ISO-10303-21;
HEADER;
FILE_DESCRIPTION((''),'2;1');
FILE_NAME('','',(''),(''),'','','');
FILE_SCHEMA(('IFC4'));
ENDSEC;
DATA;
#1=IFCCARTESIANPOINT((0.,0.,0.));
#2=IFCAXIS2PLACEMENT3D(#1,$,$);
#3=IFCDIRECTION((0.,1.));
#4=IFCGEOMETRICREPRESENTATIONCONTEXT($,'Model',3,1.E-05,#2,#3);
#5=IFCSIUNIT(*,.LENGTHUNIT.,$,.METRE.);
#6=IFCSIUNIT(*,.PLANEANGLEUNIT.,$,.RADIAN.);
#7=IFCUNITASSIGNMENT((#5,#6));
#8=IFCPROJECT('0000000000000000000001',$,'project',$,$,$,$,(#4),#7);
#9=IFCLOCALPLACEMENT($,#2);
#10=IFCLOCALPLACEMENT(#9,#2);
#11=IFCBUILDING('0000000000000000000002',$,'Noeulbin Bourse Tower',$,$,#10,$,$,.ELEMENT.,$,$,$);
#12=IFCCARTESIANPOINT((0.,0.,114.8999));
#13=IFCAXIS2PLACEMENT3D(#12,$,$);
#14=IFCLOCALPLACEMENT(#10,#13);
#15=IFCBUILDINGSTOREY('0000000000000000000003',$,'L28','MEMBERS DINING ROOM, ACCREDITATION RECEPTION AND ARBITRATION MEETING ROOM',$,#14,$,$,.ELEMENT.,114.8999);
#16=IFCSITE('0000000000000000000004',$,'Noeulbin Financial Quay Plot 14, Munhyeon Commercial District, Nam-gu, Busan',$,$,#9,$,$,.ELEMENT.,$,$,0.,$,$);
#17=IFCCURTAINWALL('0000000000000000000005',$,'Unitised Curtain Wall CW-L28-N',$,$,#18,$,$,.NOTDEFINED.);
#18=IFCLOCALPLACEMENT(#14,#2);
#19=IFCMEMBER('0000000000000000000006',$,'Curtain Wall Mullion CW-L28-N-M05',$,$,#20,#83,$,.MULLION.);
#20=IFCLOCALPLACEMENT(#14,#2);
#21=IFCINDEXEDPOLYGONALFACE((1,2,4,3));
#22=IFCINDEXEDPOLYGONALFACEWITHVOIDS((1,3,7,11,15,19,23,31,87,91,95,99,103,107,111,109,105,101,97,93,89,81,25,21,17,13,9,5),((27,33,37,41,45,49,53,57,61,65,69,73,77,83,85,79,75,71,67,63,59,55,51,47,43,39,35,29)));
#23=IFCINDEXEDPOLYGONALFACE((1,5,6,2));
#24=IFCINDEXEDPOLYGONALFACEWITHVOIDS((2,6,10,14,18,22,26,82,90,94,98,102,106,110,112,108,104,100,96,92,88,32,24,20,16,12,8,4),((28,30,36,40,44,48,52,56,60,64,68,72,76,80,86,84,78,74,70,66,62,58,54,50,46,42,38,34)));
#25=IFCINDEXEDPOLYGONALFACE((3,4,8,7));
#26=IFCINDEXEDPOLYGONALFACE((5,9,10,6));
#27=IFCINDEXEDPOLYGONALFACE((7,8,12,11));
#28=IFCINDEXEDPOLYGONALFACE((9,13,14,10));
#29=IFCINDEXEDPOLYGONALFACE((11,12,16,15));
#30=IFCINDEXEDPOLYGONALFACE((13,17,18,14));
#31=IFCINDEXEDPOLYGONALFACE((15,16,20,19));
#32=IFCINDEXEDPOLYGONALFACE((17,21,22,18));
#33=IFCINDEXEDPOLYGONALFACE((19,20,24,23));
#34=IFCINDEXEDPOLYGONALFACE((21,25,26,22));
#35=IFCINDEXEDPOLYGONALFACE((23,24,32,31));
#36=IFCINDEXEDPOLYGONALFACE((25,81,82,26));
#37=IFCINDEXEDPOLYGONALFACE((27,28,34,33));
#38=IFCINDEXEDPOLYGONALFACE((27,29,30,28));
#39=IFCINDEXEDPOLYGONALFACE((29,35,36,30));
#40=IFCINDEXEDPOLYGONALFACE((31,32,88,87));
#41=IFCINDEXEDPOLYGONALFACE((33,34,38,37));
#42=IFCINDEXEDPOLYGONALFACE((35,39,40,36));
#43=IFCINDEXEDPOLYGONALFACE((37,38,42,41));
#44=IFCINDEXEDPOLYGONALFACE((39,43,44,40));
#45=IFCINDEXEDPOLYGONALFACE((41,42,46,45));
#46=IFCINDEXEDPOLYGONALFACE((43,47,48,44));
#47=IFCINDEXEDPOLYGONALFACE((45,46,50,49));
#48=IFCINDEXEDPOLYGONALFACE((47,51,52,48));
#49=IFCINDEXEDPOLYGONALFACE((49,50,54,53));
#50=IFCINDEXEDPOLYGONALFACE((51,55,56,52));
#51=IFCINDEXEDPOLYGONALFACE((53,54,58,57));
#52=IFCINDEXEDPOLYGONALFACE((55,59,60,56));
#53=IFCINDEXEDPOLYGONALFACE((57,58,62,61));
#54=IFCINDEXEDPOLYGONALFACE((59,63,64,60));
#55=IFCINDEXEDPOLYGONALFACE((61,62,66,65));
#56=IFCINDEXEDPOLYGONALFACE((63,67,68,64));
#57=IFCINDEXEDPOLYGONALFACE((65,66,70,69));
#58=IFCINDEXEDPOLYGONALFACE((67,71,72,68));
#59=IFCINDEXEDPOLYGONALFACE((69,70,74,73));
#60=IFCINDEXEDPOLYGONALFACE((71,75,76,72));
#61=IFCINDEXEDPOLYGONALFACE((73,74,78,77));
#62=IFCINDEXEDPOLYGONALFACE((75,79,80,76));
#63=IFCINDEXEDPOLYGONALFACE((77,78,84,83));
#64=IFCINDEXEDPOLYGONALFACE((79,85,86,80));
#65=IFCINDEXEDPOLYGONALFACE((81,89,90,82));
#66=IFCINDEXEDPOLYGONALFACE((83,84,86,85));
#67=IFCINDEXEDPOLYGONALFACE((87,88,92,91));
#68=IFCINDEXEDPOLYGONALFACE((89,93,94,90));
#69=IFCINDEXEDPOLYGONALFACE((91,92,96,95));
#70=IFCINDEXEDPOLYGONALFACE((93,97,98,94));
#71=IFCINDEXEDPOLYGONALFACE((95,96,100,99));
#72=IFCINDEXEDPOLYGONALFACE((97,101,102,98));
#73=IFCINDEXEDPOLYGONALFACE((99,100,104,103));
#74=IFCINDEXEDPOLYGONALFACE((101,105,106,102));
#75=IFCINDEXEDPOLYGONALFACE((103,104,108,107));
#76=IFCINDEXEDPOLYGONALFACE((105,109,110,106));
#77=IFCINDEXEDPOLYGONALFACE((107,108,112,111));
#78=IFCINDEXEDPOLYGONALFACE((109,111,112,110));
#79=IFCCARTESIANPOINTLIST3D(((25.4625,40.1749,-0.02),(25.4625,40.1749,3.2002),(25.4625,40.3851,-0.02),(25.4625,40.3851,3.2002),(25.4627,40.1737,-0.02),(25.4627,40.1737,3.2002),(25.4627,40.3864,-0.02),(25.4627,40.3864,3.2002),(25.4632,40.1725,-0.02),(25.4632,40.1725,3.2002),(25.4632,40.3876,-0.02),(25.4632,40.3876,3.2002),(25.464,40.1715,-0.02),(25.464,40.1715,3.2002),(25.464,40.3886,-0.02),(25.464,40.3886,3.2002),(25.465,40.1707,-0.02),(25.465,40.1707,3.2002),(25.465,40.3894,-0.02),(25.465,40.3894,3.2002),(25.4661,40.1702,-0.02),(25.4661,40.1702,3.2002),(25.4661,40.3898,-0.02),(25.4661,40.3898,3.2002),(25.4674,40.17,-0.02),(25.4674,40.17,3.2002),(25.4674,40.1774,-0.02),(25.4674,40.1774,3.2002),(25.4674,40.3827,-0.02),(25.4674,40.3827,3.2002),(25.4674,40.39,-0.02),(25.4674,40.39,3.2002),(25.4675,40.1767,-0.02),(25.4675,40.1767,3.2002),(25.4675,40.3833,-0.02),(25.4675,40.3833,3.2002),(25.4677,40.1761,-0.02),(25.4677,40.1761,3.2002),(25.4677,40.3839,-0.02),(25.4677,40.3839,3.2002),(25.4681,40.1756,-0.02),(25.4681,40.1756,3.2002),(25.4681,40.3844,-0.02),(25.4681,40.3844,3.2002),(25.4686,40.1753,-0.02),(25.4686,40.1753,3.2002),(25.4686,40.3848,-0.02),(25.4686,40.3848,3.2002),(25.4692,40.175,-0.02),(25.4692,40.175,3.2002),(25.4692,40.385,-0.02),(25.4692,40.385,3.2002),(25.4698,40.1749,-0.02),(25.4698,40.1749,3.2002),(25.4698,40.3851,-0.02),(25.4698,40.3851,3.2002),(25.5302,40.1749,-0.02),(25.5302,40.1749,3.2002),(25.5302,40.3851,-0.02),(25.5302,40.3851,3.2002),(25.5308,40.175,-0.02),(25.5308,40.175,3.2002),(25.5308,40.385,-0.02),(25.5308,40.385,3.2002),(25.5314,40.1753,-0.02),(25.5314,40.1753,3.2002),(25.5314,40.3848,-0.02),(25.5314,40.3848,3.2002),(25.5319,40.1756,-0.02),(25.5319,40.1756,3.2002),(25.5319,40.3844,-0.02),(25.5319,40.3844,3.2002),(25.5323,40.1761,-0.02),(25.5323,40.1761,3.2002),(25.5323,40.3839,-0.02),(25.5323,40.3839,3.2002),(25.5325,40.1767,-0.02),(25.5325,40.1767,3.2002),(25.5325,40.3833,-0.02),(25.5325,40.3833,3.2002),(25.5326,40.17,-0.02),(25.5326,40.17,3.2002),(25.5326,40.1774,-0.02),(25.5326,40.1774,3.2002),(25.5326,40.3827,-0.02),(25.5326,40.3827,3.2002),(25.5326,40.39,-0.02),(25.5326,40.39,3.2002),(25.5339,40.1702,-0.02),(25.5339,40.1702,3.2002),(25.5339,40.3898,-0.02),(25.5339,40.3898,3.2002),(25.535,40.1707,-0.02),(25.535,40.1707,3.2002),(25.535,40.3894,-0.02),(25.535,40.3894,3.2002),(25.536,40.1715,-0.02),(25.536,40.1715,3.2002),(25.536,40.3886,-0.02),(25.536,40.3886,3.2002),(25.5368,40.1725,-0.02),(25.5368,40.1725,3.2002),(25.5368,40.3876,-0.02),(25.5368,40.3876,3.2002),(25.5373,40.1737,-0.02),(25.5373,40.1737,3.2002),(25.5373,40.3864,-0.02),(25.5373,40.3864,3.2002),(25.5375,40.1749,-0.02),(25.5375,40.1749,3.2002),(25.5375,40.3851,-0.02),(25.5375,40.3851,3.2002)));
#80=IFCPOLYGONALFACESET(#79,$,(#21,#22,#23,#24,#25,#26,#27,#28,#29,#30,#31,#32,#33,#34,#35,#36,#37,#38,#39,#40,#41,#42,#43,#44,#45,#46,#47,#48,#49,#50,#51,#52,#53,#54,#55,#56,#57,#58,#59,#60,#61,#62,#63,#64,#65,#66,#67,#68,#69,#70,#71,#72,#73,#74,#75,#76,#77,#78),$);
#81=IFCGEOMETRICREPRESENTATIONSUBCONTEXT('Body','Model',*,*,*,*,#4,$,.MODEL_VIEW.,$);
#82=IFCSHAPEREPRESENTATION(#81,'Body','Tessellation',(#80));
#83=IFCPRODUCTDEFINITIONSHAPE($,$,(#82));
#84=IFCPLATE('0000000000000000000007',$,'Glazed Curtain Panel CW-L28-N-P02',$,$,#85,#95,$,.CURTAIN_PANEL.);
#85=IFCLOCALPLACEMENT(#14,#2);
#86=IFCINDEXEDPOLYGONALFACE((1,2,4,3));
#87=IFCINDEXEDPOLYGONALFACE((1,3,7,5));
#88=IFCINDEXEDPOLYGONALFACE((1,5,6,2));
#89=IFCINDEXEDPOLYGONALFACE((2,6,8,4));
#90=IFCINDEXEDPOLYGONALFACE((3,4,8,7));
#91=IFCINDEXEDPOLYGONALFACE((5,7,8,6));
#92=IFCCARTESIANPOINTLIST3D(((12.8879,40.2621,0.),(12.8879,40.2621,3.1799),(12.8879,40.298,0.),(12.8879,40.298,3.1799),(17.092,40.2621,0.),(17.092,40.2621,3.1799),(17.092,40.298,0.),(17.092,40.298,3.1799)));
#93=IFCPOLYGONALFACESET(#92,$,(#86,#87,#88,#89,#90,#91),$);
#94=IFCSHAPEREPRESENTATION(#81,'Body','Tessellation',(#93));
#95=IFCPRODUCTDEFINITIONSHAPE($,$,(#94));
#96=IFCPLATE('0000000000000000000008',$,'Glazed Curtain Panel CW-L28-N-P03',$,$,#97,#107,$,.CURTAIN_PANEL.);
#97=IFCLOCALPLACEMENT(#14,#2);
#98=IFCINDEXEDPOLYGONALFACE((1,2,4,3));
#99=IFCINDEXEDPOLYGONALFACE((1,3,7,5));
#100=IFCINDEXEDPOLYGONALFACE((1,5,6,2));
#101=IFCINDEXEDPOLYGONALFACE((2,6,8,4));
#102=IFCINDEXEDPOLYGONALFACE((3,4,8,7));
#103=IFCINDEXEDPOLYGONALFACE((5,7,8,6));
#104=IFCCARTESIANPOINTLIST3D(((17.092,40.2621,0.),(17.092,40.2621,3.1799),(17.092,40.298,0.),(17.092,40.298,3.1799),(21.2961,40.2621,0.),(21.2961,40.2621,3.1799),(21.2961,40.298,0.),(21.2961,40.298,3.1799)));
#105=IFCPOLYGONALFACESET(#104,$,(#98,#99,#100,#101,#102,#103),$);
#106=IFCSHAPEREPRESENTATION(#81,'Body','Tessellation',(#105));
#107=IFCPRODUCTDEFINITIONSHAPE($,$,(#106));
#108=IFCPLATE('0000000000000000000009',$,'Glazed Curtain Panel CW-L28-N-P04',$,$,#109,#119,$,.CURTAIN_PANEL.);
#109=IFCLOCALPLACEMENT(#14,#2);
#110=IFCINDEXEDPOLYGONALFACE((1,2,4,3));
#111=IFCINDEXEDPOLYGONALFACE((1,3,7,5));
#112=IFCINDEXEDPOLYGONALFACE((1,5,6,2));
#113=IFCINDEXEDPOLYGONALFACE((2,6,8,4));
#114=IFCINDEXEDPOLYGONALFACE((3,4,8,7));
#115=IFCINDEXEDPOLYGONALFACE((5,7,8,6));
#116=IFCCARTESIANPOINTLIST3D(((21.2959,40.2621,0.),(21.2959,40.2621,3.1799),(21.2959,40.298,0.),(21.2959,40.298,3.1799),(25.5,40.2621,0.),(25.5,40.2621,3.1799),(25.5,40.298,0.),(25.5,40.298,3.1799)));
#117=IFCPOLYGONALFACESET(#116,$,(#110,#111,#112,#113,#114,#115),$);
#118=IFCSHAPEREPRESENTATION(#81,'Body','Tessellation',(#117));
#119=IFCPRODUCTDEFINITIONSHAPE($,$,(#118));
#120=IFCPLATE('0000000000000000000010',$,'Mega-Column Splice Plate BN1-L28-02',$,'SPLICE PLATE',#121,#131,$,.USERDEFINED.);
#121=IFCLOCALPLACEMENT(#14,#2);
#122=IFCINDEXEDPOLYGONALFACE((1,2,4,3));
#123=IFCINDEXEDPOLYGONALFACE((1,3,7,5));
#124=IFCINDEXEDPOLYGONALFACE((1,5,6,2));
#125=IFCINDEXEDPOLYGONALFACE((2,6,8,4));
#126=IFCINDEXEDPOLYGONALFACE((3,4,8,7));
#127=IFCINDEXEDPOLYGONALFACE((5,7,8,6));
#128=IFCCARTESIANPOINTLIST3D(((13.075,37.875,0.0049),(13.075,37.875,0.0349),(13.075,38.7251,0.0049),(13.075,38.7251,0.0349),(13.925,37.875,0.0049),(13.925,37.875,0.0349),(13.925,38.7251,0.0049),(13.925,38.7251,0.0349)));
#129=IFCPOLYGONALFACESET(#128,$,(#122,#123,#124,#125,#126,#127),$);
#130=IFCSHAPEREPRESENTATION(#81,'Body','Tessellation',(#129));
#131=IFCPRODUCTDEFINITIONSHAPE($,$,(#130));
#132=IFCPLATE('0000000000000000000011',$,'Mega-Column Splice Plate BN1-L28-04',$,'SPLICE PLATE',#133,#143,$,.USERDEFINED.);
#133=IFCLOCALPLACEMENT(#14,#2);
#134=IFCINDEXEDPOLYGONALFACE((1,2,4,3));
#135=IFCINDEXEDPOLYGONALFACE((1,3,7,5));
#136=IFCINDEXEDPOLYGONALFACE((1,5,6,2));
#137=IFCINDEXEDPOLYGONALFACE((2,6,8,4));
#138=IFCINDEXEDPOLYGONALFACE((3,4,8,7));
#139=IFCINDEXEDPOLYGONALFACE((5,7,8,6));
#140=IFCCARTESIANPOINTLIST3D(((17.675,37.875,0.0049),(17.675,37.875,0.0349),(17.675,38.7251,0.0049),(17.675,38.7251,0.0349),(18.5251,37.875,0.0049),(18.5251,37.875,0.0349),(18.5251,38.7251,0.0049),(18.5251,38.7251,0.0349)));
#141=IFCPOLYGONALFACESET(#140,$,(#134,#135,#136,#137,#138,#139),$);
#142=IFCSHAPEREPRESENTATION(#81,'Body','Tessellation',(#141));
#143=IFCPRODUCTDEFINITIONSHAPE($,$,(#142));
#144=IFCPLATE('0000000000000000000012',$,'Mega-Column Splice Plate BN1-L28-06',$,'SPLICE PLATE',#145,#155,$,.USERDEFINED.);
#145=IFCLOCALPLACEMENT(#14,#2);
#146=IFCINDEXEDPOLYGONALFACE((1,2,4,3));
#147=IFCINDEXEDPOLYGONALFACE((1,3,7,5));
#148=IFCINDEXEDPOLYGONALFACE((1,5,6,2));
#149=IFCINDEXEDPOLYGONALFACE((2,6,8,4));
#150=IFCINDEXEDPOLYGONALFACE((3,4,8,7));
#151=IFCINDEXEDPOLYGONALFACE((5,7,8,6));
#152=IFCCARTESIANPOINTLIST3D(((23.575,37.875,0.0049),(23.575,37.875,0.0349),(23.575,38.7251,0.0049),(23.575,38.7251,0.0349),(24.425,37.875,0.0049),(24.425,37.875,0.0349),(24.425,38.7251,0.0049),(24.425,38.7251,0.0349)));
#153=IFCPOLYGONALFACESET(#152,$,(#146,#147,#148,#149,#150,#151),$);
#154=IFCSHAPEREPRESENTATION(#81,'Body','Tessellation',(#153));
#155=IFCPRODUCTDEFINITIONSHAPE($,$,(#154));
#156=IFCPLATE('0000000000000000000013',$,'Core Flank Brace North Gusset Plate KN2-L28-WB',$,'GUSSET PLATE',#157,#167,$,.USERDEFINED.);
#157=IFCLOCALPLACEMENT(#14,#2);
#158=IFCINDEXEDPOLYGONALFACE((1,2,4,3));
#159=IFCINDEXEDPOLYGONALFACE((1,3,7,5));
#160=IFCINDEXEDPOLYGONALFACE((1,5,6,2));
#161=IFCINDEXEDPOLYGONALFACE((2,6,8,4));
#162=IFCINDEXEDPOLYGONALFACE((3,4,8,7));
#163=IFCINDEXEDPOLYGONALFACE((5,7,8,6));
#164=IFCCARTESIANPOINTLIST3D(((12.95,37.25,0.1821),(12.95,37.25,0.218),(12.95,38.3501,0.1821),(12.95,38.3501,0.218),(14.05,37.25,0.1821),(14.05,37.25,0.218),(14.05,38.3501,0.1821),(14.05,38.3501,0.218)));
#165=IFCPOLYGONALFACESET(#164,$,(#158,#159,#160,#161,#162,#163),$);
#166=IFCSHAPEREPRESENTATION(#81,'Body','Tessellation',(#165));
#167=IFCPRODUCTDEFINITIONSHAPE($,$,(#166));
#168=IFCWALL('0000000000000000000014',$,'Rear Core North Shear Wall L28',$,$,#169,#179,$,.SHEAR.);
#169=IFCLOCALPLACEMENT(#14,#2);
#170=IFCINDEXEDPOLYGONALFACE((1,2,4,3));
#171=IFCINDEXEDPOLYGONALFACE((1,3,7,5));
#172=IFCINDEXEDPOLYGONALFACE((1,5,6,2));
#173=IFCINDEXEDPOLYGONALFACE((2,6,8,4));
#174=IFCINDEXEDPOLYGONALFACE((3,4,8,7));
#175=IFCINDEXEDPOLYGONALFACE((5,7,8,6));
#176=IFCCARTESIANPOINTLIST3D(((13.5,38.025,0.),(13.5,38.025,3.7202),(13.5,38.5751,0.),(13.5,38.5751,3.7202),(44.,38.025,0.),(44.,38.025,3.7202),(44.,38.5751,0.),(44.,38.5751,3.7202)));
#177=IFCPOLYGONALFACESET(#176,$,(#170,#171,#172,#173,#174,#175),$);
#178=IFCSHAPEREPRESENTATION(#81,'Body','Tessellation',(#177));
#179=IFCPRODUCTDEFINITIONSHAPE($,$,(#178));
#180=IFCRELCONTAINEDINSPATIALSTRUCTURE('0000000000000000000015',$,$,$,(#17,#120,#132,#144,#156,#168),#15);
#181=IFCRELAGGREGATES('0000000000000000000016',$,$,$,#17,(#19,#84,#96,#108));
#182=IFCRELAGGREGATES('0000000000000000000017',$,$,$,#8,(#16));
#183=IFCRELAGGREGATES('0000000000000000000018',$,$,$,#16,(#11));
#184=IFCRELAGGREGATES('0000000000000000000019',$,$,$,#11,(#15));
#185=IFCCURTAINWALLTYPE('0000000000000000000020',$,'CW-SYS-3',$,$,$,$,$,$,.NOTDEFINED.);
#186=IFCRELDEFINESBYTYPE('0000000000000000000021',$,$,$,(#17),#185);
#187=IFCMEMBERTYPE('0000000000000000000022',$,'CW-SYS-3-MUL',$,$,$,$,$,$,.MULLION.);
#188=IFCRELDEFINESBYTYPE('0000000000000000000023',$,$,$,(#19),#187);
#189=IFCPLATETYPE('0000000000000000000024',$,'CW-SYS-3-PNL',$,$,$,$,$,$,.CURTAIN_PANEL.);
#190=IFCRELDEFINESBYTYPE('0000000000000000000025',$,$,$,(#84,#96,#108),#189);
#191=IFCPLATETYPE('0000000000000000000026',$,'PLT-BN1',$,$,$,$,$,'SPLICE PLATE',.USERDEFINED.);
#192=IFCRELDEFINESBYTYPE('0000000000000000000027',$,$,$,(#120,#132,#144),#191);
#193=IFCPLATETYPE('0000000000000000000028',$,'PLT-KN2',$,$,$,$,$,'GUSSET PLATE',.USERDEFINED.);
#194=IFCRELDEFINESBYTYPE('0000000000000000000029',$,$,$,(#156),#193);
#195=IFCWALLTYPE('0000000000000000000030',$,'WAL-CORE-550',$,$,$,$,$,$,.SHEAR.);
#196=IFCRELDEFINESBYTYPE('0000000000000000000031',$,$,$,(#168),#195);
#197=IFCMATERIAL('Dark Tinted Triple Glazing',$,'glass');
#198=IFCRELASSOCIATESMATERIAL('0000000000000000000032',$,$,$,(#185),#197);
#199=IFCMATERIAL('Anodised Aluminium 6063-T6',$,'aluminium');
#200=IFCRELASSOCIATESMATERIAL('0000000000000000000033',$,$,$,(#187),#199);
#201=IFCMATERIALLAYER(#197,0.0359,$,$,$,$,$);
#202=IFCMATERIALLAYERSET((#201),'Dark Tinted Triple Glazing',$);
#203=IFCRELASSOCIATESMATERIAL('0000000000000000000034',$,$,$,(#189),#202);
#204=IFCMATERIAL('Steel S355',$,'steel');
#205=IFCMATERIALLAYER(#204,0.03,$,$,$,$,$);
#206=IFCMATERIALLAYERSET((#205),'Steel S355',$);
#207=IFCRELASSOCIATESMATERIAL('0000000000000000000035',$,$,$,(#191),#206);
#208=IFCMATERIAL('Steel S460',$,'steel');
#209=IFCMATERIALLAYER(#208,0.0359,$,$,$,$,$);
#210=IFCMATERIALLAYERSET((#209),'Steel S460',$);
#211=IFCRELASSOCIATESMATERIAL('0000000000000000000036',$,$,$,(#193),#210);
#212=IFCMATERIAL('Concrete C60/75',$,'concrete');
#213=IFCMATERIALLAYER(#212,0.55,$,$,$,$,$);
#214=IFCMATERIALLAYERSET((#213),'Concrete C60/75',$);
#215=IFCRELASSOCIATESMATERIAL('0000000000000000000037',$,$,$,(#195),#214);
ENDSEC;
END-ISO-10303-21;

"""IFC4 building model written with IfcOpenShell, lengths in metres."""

from ifc_helpers import new_model, si_unit, direction, frame, frame_2d, origin, origin_2d, place, context, subcontext, project, spatial, rectangle, hollow_rectangle, extrude, material, layer, layer_set, material_profile, profile_set, type_object, element, aggregate, save


model = new_model("IFC4")

# Units and contexts
model_context = context("Model", 3, precision=1e-05, world=origin(), true_north=direction((0.0, 1.0)))
body_context = subcontext(model_context, "Body", "Model", "MODEL_VIEW")
ifc_project = project(units=[si_unit("LENGTHUNIT", "METRE"), si_unit("PLANEANGLEUNIT", "RADIAN")], contexts=[model_context])

# Site, building, storey
site_placement = place(None, origin())
site = spatial("IfcSite", under=ifc_project, at=site_placement, Name="Noeulbin Financial Quay Plot 14, Munhyeon Commercial District, Nam-gu, Busan", CompositionType="ELEMENT", RefElevation=0.0)
building_placement = place(site_placement, origin())
building = spatial("IfcBuilding", under=site, at=building_placement, Name="Noeulbin Bourse Tower", CompositionType="ELEMENT")
storey_placement = place(building_placement, frame((0.0, 0.0, 114.8999)))
storey = spatial("IfcBuildingStorey", under=building, at=storey_placement, Name="L28", Description="MEMBERS DINING ROOM, ACCREDITATION RECEPTION AND ARBITRATION MEETING ROOM", CompositionType="ELEMENT", Elevation=114.8999)

# Shared definitions
ifc_material_1 = material(Name="Steel S460", Category="steel")

# Curtain wall, member, plates
ifc_material_2 = material(Name="Dark Tinted Triple Glazing", Category="glass")
curtain_wall_type = type_object("IfcCurtainWallType", Name="CW-SYS-3", PredefinedType="NOTDEFINED", material=ifc_material_2)
curtain_wall_placement = place(storey_placement, origin())
curtain_wall = element("IfcCurtainWall", 1, at=curtain_wall_placement, inside=storey, type_object=curtain_wall_type, Name="Unitised Curtain Wall CW-L28-N", PredefinedType="NOTDEFINED")
ifc_material_3 = material(Name="Anodised Aluminium 6063-T6", Category="aluminium")
ifc_material_profile_1 = material_profile(ifc_material_3, hollow_rectangle(XDim=0.075, YDim=0.22, WallThickness=0.0049, InnerFilletRadius=0.0024, OuterFilletRadius=0.0049, at=origin_2d()), Name="ALU-MULL-75x220x5", Category="LoadBearing")
ifc_profile_set_1 = profile_set([ifc_material_profile_1], Name="Anodised Aluminium 6063-T6")
member_type = type_object("IfcMemberType", Name="CW-SYS-3-MUL", PredefinedType="MULLION", material=ifc_profile_set_1)
member_1_placement = place(storey_placement, frame((25.5, 40.28, -0.02), z_axis=(0.0, 0.0, 1.0), x_axis=(1.0, 0.0, 0.0)))
member_1 = element("IfcMember", 2, at=member_1_placement, type_object=member_type, Name="Curtain Wall Mullion CW-L28-N-M05", PredefinedType="MULLION", context=body_context, shape_type="SweptSolid", body=[
    extrude(hollow_rectangle(XDim=0.075, YDim=0.22, WallThickness=0.0049, InnerFilletRadius=0.0024, OuterFilletRadius=0.0049, at=origin_2d()), origin(), (0.0, 0.0, 1.0), 3.2202),
])
ifc_layer_1 = layer(ifc_material_2, 0.0359)
ifc_layer_set_1 = layer_set([ifc_layer_1], Name="Dark Tinted Triple Glazing")
plate_type_1 = type_object("IfcPlateType", Name="CW-SYS-3-PNL", PredefinedType="CURTAIN_PANEL", material=ifc_layer_set_1)
plate_1_placement = place(storey_placement, frame((14.99, 40.28, 0.0), z_axis=(0.0, 0.0, 1.0), x_axis=(1.0, 0.0, 0.0)))
plate_1 = element("IfcPlate", 3, at=plate_1_placement, type_object=plate_type_1, Name="Glazed Curtain Panel CW-L28-N-P02", PredefinedType="CURTAIN_PANEL", context=body_context, shape_type="SweptSolid", body=[
    extrude(rectangle(XDim=4.2041, YDim=0.0359, at=origin_2d()), origin(), (0.0, 0.0, 1.0), 3.1799),
])
plate_2_placement = place(storey_placement, frame((19.1941, 40.28, 0.0), z_axis=(0.0, 0.0, 1.0), x_axis=(1.0, 0.0, 0.0)))
plate_2 = element("IfcPlate", 4, at=plate_2_placement, type_object=plate_type_1, Name="Glazed Curtain Panel CW-L28-N-P03", PredefinedType="CURTAIN_PANEL", context=body_context, shape_type="SweptSolid", body=[
    extrude(rectangle(XDim=4.2041, YDim=0.0359, at=origin_2d()), origin(), (0.0, 0.0, 1.0), 3.1799),
])
plate_3_placement = place(storey_placement, frame((23.3979, 40.28, 0.0), z_axis=(0.0, 0.0, 1.0), x_axis=(1.0, 0.0, 0.0)))
plate_3 = element("IfcPlate", 5, at=plate_3_placement, type_object=plate_type_1, Name="Glazed Curtain Panel CW-L28-N-P04", PredefinedType="CURTAIN_PANEL", context=body_context, shape_type="SweptSolid", body=[
    extrude(rectangle(XDim=4.2041, YDim=0.0359, at=origin_2d()), origin(), (0.0, 0.0, 1.0), 3.1799),
])
aggregate(curtain_wall, [member_1, plate_1, plate_2, plate_3])

# Plates
ifc_material_4 = material(Name="Steel S355", Category="steel")
ifc_layer_2 = layer(ifc_material_4, 0.03)
ifc_layer_set_2 = layer_set([ifc_layer_2], Name="Steel S355")
plate_type_2 = type_object("IfcPlateType", Name="PLT-BN1", ElementType="SPLICE PLATE", PredefinedType="USERDEFINED", material=ifc_layer_set_2)
for number, where, z_axis, x_axis, name in (
    (6, (13.5, 38.3, 0.0049), (0.0, 0.0, 1.0), (1.0, 0.0, 0.0), "Mega-Column Splice Plate BN1-L28-02"),
    (7, (18.1001, 38.3, 0.0049), (0.0, 0.0, 1.0), (1.0, 0.0, 0.0), "Mega-Column Splice Plate BN1-L28-04"),
    (8, (24.0, 38.3, 0.0049), (0.0, 0.0, 1.0), (1.0, 0.0, 0.0), "Mega-Column Splice Plate BN1-L28-06"),
):
    element("IfcPlate", number, at=place(storey_placement, frame(where, z_axis=z_axis, x_axis=x_axis)), inside=storey, type_object=plate_type_2, Name=name, ObjectType="SPLICE PLATE", PredefinedType="USERDEFINED", context=body_context, shape_type="SweptSolid", body=[
        extrude(rectangle(XDim=0.8501, YDim=0.8501, at=origin_2d()), origin(), (0.0, 0.0, 1.0), 0.03),
    ])
ifc_layer_3 = layer(ifc_material_1, 0.0359)
ifc_layer_set_3 = layer_set([ifc_layer_3], Name="Steel S460")
plate_type_3 = type_object("IfcPlateType", Name="PLT-KN2", ElementType="GUSSET PLATE", PredefinedType="USERDEFINED", material=ifc_layer_set_3)
plate_4_placement = place(storey_placement, frame((13.5, 37.8, 0.1821), z_axis=(0.0, 0.0, 1.0), x_axis=(1.0, 0.0, 0.0)))
element("IfcPlate", 9, at=plate_4_placement, inside=storey, type_object=plate_type_3, Name="Core Flank Brace North Gusset Plate KN2-L28-WB", ObjectType="GUSSET PLATE", PredefinedType="USERDEFINED", context=body_context, shape_type="SweptSolid", body=[
    extrude(rectangle(XDim=1.1001, YDim=1.1001, at=origin_2d()), origin(), (0.0, 0.0, 1.0), 0.0359),
])

# Wall
ifc_material_5 = material(Name="Concrete C60/75", Category="concrete")
ifc_layer_4 = layer(ifc_material_5, 0.55)
ifc_layer_set_4 = layer_set([ifc_layer_4], Name="Concrete C60/75")
wall_type_1 = type_object("IfcWallType", Name="WAL-CORE-550", PredefinedType="SHEAR", material=ifc_layer_set_4)
wall_1_placement = place(storey_placement, frame((13.5, 38.3, 0.0), z_axis=(0.0, 0.0, 1.0), x_axis=(1.0, 0.0, 0.0)))
element("IfcWall", 10, at=wall_1_placement, inside=storey, type_object=wall_type_1, Name="Rear Core North Shear Wall L28", PredefinedType="SHEAR", context=body_context, shape_type="SweptSolid", body=[
    extrude(rectangle(XDim=30.5, YDim=0.55, at=frame_2d((15.25, 0.0))), origin(), (0.0, 0.0, 1.0), 3.7202),
])

save(model, "model.ifc")
